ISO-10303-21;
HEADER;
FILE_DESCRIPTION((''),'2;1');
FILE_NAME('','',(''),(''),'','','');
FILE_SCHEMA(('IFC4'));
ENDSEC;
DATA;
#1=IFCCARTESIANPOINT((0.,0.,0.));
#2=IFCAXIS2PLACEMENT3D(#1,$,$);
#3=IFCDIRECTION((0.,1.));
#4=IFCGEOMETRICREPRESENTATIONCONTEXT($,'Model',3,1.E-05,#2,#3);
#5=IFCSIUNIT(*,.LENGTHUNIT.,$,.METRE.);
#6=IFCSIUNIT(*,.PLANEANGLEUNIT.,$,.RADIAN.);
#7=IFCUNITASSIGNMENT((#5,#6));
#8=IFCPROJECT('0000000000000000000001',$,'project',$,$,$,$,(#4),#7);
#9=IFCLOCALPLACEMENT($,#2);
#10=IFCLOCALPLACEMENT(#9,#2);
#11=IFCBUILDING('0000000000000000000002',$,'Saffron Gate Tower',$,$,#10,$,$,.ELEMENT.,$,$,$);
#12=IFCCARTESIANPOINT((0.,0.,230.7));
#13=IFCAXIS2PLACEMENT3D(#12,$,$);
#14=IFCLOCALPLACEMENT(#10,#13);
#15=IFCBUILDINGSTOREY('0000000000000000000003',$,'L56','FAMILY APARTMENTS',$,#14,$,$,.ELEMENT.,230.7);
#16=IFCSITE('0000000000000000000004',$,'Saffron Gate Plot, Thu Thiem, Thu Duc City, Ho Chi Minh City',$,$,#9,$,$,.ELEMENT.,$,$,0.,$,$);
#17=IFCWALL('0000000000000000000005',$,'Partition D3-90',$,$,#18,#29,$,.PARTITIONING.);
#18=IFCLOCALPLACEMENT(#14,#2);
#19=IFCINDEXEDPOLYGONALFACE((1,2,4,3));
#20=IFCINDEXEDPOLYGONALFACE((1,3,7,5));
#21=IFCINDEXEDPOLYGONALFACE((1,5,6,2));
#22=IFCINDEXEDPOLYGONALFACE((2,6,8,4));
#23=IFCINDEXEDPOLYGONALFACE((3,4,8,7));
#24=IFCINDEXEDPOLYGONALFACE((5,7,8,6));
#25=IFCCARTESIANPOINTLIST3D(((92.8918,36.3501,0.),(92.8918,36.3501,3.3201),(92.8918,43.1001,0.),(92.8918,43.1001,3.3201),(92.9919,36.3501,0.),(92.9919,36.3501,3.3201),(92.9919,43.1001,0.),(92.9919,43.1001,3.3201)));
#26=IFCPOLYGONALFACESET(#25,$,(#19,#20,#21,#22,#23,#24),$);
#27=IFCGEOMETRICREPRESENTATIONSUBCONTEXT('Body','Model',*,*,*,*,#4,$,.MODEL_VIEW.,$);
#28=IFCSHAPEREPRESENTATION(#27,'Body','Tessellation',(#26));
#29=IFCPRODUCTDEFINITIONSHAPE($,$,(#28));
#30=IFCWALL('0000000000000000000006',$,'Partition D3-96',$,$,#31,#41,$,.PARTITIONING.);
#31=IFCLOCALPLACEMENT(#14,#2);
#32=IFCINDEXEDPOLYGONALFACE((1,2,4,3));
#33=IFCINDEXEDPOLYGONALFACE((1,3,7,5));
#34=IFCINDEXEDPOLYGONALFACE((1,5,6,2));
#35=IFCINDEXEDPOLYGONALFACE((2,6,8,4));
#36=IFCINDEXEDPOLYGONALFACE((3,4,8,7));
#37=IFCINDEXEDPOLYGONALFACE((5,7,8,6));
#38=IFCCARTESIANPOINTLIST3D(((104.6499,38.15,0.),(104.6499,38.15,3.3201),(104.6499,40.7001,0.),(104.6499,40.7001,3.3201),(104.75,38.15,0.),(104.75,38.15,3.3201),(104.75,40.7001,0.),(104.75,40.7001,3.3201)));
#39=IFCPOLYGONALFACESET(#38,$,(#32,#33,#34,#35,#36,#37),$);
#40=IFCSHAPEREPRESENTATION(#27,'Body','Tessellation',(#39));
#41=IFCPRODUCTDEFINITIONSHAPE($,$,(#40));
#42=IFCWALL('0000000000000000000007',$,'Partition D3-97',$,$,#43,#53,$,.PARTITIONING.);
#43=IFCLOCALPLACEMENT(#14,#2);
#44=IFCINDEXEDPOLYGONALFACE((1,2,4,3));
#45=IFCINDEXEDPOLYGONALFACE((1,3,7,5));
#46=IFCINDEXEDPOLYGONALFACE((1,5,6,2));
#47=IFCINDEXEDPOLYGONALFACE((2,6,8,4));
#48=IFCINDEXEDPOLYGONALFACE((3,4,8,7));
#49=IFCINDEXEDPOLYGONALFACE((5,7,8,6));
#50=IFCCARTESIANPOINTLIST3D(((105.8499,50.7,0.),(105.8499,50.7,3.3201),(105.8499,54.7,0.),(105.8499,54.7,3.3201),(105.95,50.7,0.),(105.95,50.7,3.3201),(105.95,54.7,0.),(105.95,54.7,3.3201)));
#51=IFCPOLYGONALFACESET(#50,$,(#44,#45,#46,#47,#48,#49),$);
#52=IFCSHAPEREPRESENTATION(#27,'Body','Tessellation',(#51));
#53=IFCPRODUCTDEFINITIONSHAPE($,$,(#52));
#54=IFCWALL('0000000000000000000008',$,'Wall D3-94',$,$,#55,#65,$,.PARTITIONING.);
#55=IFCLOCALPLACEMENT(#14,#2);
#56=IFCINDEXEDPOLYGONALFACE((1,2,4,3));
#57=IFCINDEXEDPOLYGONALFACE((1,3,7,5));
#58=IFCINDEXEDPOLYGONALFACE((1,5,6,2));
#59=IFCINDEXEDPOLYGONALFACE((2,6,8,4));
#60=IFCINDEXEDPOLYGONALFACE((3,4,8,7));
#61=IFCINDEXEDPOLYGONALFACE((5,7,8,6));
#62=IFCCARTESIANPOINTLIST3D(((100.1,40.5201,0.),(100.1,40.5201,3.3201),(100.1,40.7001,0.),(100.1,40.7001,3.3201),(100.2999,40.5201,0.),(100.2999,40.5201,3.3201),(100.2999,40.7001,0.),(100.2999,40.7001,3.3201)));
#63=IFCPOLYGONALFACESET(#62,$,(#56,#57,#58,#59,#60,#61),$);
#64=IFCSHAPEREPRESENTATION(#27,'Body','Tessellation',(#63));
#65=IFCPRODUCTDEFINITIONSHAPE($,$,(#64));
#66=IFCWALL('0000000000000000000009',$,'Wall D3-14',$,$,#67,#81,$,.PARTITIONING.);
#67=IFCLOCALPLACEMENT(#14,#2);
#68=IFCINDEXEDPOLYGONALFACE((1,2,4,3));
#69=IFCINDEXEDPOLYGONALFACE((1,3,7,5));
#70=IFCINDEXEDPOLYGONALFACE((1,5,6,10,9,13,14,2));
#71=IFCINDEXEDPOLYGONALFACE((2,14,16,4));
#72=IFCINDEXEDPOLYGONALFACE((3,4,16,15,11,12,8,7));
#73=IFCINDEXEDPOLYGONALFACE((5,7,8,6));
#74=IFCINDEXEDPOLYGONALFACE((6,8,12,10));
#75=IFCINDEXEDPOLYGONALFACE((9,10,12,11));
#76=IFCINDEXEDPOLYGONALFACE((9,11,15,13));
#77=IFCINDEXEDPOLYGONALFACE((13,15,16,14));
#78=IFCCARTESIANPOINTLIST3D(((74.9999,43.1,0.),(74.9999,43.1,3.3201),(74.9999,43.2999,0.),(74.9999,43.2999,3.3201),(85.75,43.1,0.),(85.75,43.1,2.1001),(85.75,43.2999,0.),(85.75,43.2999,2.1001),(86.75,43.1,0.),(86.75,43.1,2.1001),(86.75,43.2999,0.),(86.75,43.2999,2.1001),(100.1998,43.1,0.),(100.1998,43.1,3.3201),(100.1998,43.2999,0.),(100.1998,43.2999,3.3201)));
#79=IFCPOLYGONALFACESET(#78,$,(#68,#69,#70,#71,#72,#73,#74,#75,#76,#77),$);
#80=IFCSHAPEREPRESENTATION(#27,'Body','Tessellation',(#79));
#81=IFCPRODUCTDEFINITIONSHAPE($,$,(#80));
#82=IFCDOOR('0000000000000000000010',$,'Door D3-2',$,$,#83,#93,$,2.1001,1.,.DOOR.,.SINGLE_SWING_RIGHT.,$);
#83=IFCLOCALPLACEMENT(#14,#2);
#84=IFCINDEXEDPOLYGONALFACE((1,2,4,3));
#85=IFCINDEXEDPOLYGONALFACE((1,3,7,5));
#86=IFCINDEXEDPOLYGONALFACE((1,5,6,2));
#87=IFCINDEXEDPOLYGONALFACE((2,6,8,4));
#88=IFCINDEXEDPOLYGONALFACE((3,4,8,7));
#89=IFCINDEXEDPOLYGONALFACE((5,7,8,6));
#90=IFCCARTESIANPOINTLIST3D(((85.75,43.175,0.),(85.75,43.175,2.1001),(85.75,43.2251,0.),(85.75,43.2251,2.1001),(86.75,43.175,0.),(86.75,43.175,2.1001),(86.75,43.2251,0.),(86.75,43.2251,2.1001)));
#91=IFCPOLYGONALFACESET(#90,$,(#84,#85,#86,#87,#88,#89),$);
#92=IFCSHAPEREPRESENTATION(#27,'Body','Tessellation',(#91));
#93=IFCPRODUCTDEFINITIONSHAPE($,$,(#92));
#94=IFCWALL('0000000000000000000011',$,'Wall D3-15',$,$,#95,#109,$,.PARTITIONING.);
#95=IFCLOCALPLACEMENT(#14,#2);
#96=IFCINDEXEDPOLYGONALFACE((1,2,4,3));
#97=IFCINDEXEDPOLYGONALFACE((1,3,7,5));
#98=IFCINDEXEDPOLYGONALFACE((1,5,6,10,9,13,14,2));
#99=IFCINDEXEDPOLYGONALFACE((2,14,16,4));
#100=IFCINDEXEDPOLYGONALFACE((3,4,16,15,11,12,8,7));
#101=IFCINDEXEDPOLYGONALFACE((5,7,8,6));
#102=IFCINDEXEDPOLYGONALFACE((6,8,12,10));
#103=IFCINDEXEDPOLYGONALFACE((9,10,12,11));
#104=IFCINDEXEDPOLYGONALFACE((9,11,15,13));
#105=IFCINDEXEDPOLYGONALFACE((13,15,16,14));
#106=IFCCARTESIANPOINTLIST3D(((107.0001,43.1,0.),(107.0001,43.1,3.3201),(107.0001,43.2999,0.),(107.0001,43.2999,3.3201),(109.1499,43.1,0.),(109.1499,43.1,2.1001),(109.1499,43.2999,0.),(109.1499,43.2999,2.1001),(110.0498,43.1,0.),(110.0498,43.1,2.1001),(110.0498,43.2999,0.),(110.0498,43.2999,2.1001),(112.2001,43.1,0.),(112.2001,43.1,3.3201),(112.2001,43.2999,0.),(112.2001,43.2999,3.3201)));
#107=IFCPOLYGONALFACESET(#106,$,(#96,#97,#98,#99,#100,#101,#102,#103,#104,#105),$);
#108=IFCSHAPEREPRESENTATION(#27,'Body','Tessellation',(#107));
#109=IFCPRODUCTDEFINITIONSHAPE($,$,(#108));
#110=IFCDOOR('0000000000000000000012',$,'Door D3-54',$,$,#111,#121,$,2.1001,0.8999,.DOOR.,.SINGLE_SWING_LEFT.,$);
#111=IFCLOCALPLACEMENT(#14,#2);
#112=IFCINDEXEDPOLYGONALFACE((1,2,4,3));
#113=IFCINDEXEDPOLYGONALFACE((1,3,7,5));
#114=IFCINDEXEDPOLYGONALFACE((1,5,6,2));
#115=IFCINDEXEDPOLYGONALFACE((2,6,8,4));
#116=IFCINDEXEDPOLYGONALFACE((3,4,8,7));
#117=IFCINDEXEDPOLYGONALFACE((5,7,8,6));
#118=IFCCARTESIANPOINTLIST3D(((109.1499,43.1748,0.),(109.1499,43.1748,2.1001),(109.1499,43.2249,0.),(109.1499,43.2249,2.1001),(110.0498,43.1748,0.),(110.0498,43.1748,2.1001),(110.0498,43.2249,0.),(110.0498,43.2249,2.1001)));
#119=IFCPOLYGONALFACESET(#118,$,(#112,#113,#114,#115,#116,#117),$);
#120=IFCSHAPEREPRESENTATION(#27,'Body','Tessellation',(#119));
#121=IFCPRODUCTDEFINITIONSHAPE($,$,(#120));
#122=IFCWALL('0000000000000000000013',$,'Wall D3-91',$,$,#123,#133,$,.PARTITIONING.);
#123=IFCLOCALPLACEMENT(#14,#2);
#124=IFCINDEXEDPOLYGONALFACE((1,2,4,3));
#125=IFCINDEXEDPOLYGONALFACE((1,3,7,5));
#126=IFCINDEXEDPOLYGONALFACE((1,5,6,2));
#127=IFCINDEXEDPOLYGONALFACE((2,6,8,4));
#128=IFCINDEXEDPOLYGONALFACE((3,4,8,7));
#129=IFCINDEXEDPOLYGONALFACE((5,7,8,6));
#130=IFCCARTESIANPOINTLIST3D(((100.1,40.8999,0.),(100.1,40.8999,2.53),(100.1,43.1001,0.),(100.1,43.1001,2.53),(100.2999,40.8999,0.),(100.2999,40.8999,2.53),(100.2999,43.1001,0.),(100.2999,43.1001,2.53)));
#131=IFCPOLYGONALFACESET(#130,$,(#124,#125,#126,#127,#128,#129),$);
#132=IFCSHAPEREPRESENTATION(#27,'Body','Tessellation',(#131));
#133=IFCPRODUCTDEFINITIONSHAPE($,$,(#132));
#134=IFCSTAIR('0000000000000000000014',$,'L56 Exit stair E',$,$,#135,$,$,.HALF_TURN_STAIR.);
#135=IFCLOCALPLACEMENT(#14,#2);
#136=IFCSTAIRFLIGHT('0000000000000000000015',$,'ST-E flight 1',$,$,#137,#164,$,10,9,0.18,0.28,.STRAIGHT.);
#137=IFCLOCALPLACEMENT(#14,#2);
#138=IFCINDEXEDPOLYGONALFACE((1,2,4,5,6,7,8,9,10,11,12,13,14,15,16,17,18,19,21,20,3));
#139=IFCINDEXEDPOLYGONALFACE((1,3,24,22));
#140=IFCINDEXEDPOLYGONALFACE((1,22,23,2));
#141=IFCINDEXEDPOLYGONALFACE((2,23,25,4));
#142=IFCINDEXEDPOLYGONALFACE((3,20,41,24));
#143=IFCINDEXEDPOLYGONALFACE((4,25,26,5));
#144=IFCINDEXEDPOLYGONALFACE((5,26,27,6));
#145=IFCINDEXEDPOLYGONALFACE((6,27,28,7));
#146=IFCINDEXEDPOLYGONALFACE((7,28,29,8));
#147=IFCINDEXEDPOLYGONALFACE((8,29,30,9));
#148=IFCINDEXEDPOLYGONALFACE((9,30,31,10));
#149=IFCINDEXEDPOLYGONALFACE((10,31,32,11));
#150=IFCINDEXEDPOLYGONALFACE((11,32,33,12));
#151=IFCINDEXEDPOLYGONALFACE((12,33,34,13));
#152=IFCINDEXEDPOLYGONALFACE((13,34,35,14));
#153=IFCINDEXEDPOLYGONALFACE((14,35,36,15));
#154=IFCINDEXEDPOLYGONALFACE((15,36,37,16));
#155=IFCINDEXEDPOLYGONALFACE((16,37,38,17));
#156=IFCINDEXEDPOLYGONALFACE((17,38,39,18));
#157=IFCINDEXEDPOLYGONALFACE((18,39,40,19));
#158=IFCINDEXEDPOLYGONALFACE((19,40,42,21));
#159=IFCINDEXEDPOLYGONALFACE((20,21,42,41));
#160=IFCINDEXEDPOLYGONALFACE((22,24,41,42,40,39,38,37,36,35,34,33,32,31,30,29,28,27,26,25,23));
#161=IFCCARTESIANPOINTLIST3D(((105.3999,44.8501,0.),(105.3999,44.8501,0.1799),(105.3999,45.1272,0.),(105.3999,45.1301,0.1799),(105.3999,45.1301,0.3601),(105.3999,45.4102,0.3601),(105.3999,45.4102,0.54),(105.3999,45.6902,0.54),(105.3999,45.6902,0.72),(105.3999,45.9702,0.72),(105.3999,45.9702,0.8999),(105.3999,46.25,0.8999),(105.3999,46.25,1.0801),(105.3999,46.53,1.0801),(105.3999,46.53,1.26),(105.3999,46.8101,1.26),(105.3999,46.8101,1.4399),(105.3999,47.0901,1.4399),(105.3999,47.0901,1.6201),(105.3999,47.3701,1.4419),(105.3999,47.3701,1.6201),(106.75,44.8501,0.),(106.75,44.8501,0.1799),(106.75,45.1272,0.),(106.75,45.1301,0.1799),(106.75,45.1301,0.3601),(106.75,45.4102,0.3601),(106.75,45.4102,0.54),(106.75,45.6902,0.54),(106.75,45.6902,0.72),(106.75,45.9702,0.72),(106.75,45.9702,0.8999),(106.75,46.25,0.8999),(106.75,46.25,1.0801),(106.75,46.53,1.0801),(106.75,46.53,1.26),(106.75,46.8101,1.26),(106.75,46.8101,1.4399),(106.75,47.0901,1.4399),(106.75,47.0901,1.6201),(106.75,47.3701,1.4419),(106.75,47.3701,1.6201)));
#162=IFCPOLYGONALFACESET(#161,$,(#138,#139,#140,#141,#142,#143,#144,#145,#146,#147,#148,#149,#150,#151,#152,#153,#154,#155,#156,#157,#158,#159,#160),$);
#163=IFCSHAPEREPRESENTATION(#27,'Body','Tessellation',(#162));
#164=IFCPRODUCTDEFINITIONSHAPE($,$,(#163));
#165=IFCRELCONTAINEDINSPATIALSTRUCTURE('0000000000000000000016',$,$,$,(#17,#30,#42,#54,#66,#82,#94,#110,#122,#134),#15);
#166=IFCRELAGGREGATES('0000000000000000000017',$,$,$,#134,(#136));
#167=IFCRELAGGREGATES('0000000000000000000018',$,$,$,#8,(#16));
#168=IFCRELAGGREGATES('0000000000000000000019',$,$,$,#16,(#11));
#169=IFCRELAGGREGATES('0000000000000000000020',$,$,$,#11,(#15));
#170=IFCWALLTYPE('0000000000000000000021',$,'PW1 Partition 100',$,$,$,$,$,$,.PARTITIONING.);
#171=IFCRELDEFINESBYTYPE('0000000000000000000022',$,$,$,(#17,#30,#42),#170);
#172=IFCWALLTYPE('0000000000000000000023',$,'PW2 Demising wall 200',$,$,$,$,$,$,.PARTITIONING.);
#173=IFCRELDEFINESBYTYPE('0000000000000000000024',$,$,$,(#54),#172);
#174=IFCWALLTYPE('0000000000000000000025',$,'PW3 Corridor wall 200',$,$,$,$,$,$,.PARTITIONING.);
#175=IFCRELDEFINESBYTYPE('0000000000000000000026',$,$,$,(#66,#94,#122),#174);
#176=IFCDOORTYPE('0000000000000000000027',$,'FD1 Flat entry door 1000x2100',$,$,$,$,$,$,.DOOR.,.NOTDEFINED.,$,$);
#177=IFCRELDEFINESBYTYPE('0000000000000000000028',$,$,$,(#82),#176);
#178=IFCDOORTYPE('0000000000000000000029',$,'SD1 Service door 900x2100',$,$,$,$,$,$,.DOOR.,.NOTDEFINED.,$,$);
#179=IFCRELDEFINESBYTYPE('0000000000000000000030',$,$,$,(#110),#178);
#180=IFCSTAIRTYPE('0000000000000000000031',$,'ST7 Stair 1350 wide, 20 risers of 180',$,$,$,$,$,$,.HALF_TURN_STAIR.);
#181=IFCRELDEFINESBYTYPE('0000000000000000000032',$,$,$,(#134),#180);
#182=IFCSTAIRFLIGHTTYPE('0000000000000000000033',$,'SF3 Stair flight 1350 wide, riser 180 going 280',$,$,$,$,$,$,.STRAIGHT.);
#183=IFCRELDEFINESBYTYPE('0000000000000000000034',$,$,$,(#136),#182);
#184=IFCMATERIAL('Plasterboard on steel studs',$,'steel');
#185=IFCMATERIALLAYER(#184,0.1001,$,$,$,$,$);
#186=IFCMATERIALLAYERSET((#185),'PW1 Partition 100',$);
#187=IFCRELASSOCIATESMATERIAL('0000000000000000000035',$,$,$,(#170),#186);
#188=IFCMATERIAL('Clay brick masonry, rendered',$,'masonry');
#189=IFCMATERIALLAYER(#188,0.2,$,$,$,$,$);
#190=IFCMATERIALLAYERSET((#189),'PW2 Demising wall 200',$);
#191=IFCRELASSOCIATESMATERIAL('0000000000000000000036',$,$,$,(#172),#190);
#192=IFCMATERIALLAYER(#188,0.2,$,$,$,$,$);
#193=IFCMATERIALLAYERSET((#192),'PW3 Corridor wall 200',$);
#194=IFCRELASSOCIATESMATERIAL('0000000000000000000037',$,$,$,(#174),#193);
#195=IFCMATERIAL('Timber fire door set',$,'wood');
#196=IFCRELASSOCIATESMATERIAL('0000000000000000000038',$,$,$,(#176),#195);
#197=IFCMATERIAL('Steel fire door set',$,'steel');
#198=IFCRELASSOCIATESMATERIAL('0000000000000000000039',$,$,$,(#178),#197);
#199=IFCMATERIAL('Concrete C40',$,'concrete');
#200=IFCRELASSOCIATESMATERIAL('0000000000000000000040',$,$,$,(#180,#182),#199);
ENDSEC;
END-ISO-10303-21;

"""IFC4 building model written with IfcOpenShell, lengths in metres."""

from ifc_helpers import new_model, si_unit, direction, frame, frame_2d, origin, place, context, subcontext, project, spatial, polyline, rectangle, outline, extrude, material, layer, layer_set, type_object, element, fill, aggregate, save


model = new_model("IFC4")

# Units and contexts
model_context = context("Model", 3, precision=1e-05, world=origin(), true_north=direction((0.0, 1.0)))
body_context = subcontext(model_context, "Body", "Model", "MODEL_VIEW")
ifc_project = project(units=[si_unit("LENGTHUNIT", "METRE"), si_unit("PLANEANGLEUNIT", "RADIAN")], contexts=[model_context])

# Site, building, storey
site_placement = place(None, origin())
site = spatial("IfcSite", under=ifc_project, at=site_placement, Name="Saffron Gate Plot, Thu Thiem, Thu Duc City, Ho Chi Minh City", CompositionType="ELEMENT", RefElevation=0.0)
building_placement = place(site_placement, origin())
building = spatial("IfcBuilding", under=site, at=building_placement, Name="Saffron Gate Tower", CompositionType="ELEMENT")
storey_placement = place(building_placement, frame((0.0, 0.0, 230.7)))
storey = spatial("IfcBuildingStorey", under=building, at=storey_placement, Name="L56", Description="FAMILY APARTMENTS", CompositionType="ELEMENT", Elevation=230.7)

# Shared definitions
ifc_material_1 = material(Name="Steel fire door set", Category="steel")

# Shared definitions
ifc_material_2 = material(Name="Plasterboard on steel studs", Category="steel")
ifc_layer_1 = layer(ifc_material_2, 0.1001)
ifc_layer_set_1 = layer_set([ifc_layer_1], Name="PW1 Partition 100")
wall_type_1 = type_object("IfcWallType", Name="PW1 Partition 100", PredefinedType="PARTITIONING", material=ifc_layer_set_1)

# Walls
for number, where, z_axis, x_axis, name in (
    (1, (92.9419, 43.1001, 0.0), (0.0, 0.0, 1.0), (0.0, -1.0, 0.0), "Partition D3-90"),
):
    element("IfcWall", number, at=place(storey_placement, frame(where, z_axis=z_axis, x_axis=x_axis)), inside=storey, type_object=wall_type_1, Name=name, PredefinedType="PARTITIONING", context=body_context, shape_type="SweptSolid", body=[
        extrude(rectangle(XDim=6.75, YDim=0.1001, at=frame_2d((3.375, 0.0))), origin(), (0.0, 0.0, 1.0), 3.3201),
    ])
wall_1_placement = place(storey_placement, frame((104.7, 40.7, 0.0), z_axis=(0.0, 0.0, 1.0), x_axis=(0.0, -1.0, 0.0)))
element("IfcWall", 2, at=wall_1_placement, inside=storey, type_object=wall_type_1, Name="Partition D3-96", PredefinedType="PARTITIONING", context=body_context, shape_type="SweptSolid", body=[
    extrude(rectangle(XDim=2.55, YDim=0.1001, at=frame_2d((1.2749, 0.0))), origin(), (0.0, 0.0, 1.0), 3.3201),
])
wall_2_placement = place(storey_placement, frame((105.8999, 54.7, 0.0), z_axis=(0.0, 0.0, 1.0), x_axis=(0.0, -1.0, 0.0)))
element("IfcWall", 3, at=wall_2_placement, inside=storey, type_object=wall_type_1, Name="Partition D3-97", PredefinedType="PARTITIONING", context=body_context, shape_type="SweptSolid", body=[
    extrude(rectangle(XDim=4.0, YDim=0.1001, at=frame_2d((2.0, 0.0))), origin(), (0.0, 0.0, 1.0), 3.3201),
])
ifc_material_3 = material(Name="Clay brick masonry, rendered", Category="masonry")
ifc_layer_2 = layer(ifc_material_3, 0.2)
ifc_layer_set_2 = layer_set([ifc_layer_2], Name="PW2 Demising wall 200")
wall_type_2 = type_object("IfcWallType", Name="PW2 Demising wall 200", PredefinedType="PARTITIONING", material=ifc_layer_set_2)
wall_3_placement = place(storey_placement, frame((100.2, 40.7, 0.0), z_axis=(0.0, 0.0, 1.0), x_axis=(0.0, -1.0, 0.0)))
element("IfcWall", 4, at=wall_3_placement, inside=storey, type_object=wall_type_2, Name="Wall D3-94", PredefinedType="PARTITIONING", context=body_context, shape_type="SweptSolid", body=[
    extrude(rectangle(XDim=0.1799, YDim=0.2, at=frame_2d((0.0898, 0.0))), origin(), (0.0, 0.0, 1.0), 3.3201),
])

# Walls, openings, doors
ifc_layer_3 = layer(ifc_material_3, 0.2)
ifc_layer_set_3 = layer_set([ifc_layer_3], Name="PW3 Corridor wall 200")
wall_type_3 = type_object("IfcWallType", Name="PW3 Corridor wall 200", PredefinedType="PARTITIONING", material=ifc_layer_set_3)
wall_4_placement = place(storey_placement, frame((100.2, 43.2, 0.0), z_axis=(0.0, 0.0, 1.0), x_axis=(-1.0, 0.0, 0.0)))
wall_4 = element("IfcWall", 5, at=wall_4_placement, inside=storey, type_object=wall_type_3, Name="Wall D3-14", PredefinedType="PARTITIONING", context=body_context, shape_type="SweptSolid", body=[
    extrude(rectangle(XDim=25.2, YDim=0.2, at=frame_2d((12.6001, 0.0))), origin(), (0.0, 0.0, 1.0), 3.3201),
])
opening_1_placement = place(wall_4_placement, frame((13.45, 0.0, 0.0)))
opening_1 = element("IfcOpeningElement", 6, at=opening_1_placement, cuts=wall_4, PredefinedType="OPENING", context=body_context, shape_type="SweptSolid", body=[
    extrude(rectangle(XDim=1.0, YDim=2.1001, at=frame_2d((0.5, 1.05))), frame((0.0, 0.1099, 0.0), z_axis=(0.0, -1.0, 0.0), x_axis=(1.0, 0.0, 0.0)), (0.0, 0.0, 1.0), 0.22),
])
ifc_material_4 = material(Name="Timber fire door set", Category="wood")
door_type_1 = type_object("IfcDoorType", Name="FD1 Flat entry door 1000x2100", OperationType="NOTDEFINED", PredefinedType="DOOR", material=ifc_material_4)
door_1_placement = place(opening_1_placement, origin())
door_1 = element("IfcDoor", 7, at=door_1_placement, inside=storey, type_object=door_type_1, Name="Door D3-2", OperationType="SINGLE_SWING_RIGHT", OverallHeight=2.1001, OverallWidth=1.0, PredefinedType="DOOR", context=body_context, shape_type="SweptSolid", body=[
    extrude(rectangle(XDim=1.0, YDim=2.1001, at=frame_2d((0.5, 1.05))), frame((0.0, 0.0249, 0.0), z_axis=(0.0, -1.0, 0.0), x_axis=(1.0, 0.0, 0.0)), (0.0, 0.0, 1.0), 0.05),
])
fill(opening_1, door_1)
wall_5_placement = place(storey_placement, frame((107.0, 43.2, 0.0), z_axis=(0.0, 0.0, 1.0), x_axis=(1.0, 0.0, 0.0)))
wall_5 = element("IfcWall", 8, at=wall_5_placement, inside=storey, type_object=wall_type_3, Name="Wall D3-15", PredefinedType="PARTITIONING", context=body_context, shape_type="SweptSolid", body=[
    extrude(rectangle(XDim=5.2, YDim=0.2, at=frame_2d((2.6001, 0.0))), origin(), (0.0, 0.0, 1.0), 3.3201),
])
opening_2_placement = place(wall_5_placement, frame((2.1499, 0.0, 0.0)))
opening_2 = element("IfcOpeningElement", 9, at=opening_2_placement, cuts=wall_5, PredefinedType="OPENING", context=body_context, shape_type="SweptSolid", body=[
    extrude(rectangle(XDim=0.8999, YDim=2.1001, at=frame_2d((0.45, 1.05))), frame((0.0, 0.1099, 0.0), z_axis=(0.0, -1.0, 0.0), x_axis=(1.0, 0.0, 0.0)), (0.0, 0.0, 1.0), 0.22),
])
door_type_2 = type_object("IfcDoorType", Name="SD1 Service door 900x2100", OperationType="NOTDEFINED", PredefinedType="DOOR", material=ifc_material_1)
door_2_placement = place(opening_2_placement, origin())
door_2 = element("IfcDoor", 10, at=door_2_placement, inside=storey, type_object=door_type_2, Name="Door D3-54", OperationType="SINGLE_SWING_LEFT", OverallHeight=2.1001, OverallWidth=0.8999, PredefinedType="DOOR", context=body_context, shape_type="SweptSolid", body=[
    extrude(rectangle(XDim=0.8999, YDim=2.1001, at=frame_2d((0.45, 1.05))), frame((0.0, 0.0249, 0.0), z_axis=(0.0, -1.0, 0.0), x_axis=(1.0, 0.0, 0.0)), (0.0, 0.0, 1.0), 0.05),
])
fill(opening_2, door_2)

# Wall
wall_6_placement = place(storey_placement, frame((100.2, 43.1001, 0.0), z_axis=(0.0, 0.0, 1.0), x_axis=(0.0, -1.0, 0.0)))
element("IfcWall", 11, at=wall_6_placement, inside=storey, type_object=wall_type_3, Name="Wall D3-91", PredefinedType="PARTITIONING", context=body_context, shape_type="SweptSolid", body=[
    extrude(rectangle(XDim=2.2002, YDim=0.2, at=frame_2d((1.1001, 0.0))), origin(), (0.0, 0.0, 1.0), 2.53),
])

# Stair, stair flight
ifc_material_5 = material(Name="Concrete C40", Category="concrete")
stair_type = type_object("IfcStairType", Name="ST7 Stair 1350 wide, 20 risers of 180", PredefinedType="HALF_TURN_STAIR", material=ifc_material_5)
stair_placement = place(storey_placement, origin())
stair = element("IfcStair", 12, at=stair_placement, inside=storey, type_object=stair_type, Name="L56 Exit stair E", PredefinedType="HALF_TURN_STAIR")
stair_flight_type = type_object("IfcStairFlightType", Name="SF3 Stair flight 1350 wide, riser 180 going 280", PredefinedType="STRAIGHT", material=ifc_material_5)
stair_flight_1_placement = place(storey_placement, frame((106.075, 44.8501, 0.0), z_axis=(0.0, 0.0, 1.0), x_axis=(0.0, 1.0, 0.0)))
stair_flight_1 = element("IfcStairFlight", 13, at=stair_flight_1_placement, type_object=stair_flight_type, Name="ST-E flight 1", NumberOfRisers=10, NumberOfTreads=9, PredefinedType="STRAIGHT", RiserHeight=0.18, TreadLength=0.28, context=body_context, shape_type="SweptSolid", body=[
    extrude(outline(polyline([(0.0, 0.0), (0.0, 0.1799), (0.28, 0.1799), (0.28, 0.3601), (0.5601, 0.3601), (0.5601, 0.54), (0.8401, 0.54), (0.8401, 0.72), (1.1201, 0.72), (1.1201, 0.8999), (1.3999, 0.8999), (1.3999, 1.0801), (1.6799, 1.0801), (1.6799, 1.26), (1.96, 1.26), (1.96, 1.4399), (2.24, 1.4399), (2.24, 1.6201), (2.52, 1.6201), (2.52, 1.8), (2.52, 1.4419), (0.2771, 0.0), (0.0, 0.0)])), frame((0.0, 0.675, 0.0), z_axis=(0.0, -1.0, 0.0), x_axis=(1.0, 0.0, 0.0)), (0.0, 0.0, 1.0), 1.3501),
])
aggregate(stair, [stair_flight_1])

save(model, "model.ifc")
